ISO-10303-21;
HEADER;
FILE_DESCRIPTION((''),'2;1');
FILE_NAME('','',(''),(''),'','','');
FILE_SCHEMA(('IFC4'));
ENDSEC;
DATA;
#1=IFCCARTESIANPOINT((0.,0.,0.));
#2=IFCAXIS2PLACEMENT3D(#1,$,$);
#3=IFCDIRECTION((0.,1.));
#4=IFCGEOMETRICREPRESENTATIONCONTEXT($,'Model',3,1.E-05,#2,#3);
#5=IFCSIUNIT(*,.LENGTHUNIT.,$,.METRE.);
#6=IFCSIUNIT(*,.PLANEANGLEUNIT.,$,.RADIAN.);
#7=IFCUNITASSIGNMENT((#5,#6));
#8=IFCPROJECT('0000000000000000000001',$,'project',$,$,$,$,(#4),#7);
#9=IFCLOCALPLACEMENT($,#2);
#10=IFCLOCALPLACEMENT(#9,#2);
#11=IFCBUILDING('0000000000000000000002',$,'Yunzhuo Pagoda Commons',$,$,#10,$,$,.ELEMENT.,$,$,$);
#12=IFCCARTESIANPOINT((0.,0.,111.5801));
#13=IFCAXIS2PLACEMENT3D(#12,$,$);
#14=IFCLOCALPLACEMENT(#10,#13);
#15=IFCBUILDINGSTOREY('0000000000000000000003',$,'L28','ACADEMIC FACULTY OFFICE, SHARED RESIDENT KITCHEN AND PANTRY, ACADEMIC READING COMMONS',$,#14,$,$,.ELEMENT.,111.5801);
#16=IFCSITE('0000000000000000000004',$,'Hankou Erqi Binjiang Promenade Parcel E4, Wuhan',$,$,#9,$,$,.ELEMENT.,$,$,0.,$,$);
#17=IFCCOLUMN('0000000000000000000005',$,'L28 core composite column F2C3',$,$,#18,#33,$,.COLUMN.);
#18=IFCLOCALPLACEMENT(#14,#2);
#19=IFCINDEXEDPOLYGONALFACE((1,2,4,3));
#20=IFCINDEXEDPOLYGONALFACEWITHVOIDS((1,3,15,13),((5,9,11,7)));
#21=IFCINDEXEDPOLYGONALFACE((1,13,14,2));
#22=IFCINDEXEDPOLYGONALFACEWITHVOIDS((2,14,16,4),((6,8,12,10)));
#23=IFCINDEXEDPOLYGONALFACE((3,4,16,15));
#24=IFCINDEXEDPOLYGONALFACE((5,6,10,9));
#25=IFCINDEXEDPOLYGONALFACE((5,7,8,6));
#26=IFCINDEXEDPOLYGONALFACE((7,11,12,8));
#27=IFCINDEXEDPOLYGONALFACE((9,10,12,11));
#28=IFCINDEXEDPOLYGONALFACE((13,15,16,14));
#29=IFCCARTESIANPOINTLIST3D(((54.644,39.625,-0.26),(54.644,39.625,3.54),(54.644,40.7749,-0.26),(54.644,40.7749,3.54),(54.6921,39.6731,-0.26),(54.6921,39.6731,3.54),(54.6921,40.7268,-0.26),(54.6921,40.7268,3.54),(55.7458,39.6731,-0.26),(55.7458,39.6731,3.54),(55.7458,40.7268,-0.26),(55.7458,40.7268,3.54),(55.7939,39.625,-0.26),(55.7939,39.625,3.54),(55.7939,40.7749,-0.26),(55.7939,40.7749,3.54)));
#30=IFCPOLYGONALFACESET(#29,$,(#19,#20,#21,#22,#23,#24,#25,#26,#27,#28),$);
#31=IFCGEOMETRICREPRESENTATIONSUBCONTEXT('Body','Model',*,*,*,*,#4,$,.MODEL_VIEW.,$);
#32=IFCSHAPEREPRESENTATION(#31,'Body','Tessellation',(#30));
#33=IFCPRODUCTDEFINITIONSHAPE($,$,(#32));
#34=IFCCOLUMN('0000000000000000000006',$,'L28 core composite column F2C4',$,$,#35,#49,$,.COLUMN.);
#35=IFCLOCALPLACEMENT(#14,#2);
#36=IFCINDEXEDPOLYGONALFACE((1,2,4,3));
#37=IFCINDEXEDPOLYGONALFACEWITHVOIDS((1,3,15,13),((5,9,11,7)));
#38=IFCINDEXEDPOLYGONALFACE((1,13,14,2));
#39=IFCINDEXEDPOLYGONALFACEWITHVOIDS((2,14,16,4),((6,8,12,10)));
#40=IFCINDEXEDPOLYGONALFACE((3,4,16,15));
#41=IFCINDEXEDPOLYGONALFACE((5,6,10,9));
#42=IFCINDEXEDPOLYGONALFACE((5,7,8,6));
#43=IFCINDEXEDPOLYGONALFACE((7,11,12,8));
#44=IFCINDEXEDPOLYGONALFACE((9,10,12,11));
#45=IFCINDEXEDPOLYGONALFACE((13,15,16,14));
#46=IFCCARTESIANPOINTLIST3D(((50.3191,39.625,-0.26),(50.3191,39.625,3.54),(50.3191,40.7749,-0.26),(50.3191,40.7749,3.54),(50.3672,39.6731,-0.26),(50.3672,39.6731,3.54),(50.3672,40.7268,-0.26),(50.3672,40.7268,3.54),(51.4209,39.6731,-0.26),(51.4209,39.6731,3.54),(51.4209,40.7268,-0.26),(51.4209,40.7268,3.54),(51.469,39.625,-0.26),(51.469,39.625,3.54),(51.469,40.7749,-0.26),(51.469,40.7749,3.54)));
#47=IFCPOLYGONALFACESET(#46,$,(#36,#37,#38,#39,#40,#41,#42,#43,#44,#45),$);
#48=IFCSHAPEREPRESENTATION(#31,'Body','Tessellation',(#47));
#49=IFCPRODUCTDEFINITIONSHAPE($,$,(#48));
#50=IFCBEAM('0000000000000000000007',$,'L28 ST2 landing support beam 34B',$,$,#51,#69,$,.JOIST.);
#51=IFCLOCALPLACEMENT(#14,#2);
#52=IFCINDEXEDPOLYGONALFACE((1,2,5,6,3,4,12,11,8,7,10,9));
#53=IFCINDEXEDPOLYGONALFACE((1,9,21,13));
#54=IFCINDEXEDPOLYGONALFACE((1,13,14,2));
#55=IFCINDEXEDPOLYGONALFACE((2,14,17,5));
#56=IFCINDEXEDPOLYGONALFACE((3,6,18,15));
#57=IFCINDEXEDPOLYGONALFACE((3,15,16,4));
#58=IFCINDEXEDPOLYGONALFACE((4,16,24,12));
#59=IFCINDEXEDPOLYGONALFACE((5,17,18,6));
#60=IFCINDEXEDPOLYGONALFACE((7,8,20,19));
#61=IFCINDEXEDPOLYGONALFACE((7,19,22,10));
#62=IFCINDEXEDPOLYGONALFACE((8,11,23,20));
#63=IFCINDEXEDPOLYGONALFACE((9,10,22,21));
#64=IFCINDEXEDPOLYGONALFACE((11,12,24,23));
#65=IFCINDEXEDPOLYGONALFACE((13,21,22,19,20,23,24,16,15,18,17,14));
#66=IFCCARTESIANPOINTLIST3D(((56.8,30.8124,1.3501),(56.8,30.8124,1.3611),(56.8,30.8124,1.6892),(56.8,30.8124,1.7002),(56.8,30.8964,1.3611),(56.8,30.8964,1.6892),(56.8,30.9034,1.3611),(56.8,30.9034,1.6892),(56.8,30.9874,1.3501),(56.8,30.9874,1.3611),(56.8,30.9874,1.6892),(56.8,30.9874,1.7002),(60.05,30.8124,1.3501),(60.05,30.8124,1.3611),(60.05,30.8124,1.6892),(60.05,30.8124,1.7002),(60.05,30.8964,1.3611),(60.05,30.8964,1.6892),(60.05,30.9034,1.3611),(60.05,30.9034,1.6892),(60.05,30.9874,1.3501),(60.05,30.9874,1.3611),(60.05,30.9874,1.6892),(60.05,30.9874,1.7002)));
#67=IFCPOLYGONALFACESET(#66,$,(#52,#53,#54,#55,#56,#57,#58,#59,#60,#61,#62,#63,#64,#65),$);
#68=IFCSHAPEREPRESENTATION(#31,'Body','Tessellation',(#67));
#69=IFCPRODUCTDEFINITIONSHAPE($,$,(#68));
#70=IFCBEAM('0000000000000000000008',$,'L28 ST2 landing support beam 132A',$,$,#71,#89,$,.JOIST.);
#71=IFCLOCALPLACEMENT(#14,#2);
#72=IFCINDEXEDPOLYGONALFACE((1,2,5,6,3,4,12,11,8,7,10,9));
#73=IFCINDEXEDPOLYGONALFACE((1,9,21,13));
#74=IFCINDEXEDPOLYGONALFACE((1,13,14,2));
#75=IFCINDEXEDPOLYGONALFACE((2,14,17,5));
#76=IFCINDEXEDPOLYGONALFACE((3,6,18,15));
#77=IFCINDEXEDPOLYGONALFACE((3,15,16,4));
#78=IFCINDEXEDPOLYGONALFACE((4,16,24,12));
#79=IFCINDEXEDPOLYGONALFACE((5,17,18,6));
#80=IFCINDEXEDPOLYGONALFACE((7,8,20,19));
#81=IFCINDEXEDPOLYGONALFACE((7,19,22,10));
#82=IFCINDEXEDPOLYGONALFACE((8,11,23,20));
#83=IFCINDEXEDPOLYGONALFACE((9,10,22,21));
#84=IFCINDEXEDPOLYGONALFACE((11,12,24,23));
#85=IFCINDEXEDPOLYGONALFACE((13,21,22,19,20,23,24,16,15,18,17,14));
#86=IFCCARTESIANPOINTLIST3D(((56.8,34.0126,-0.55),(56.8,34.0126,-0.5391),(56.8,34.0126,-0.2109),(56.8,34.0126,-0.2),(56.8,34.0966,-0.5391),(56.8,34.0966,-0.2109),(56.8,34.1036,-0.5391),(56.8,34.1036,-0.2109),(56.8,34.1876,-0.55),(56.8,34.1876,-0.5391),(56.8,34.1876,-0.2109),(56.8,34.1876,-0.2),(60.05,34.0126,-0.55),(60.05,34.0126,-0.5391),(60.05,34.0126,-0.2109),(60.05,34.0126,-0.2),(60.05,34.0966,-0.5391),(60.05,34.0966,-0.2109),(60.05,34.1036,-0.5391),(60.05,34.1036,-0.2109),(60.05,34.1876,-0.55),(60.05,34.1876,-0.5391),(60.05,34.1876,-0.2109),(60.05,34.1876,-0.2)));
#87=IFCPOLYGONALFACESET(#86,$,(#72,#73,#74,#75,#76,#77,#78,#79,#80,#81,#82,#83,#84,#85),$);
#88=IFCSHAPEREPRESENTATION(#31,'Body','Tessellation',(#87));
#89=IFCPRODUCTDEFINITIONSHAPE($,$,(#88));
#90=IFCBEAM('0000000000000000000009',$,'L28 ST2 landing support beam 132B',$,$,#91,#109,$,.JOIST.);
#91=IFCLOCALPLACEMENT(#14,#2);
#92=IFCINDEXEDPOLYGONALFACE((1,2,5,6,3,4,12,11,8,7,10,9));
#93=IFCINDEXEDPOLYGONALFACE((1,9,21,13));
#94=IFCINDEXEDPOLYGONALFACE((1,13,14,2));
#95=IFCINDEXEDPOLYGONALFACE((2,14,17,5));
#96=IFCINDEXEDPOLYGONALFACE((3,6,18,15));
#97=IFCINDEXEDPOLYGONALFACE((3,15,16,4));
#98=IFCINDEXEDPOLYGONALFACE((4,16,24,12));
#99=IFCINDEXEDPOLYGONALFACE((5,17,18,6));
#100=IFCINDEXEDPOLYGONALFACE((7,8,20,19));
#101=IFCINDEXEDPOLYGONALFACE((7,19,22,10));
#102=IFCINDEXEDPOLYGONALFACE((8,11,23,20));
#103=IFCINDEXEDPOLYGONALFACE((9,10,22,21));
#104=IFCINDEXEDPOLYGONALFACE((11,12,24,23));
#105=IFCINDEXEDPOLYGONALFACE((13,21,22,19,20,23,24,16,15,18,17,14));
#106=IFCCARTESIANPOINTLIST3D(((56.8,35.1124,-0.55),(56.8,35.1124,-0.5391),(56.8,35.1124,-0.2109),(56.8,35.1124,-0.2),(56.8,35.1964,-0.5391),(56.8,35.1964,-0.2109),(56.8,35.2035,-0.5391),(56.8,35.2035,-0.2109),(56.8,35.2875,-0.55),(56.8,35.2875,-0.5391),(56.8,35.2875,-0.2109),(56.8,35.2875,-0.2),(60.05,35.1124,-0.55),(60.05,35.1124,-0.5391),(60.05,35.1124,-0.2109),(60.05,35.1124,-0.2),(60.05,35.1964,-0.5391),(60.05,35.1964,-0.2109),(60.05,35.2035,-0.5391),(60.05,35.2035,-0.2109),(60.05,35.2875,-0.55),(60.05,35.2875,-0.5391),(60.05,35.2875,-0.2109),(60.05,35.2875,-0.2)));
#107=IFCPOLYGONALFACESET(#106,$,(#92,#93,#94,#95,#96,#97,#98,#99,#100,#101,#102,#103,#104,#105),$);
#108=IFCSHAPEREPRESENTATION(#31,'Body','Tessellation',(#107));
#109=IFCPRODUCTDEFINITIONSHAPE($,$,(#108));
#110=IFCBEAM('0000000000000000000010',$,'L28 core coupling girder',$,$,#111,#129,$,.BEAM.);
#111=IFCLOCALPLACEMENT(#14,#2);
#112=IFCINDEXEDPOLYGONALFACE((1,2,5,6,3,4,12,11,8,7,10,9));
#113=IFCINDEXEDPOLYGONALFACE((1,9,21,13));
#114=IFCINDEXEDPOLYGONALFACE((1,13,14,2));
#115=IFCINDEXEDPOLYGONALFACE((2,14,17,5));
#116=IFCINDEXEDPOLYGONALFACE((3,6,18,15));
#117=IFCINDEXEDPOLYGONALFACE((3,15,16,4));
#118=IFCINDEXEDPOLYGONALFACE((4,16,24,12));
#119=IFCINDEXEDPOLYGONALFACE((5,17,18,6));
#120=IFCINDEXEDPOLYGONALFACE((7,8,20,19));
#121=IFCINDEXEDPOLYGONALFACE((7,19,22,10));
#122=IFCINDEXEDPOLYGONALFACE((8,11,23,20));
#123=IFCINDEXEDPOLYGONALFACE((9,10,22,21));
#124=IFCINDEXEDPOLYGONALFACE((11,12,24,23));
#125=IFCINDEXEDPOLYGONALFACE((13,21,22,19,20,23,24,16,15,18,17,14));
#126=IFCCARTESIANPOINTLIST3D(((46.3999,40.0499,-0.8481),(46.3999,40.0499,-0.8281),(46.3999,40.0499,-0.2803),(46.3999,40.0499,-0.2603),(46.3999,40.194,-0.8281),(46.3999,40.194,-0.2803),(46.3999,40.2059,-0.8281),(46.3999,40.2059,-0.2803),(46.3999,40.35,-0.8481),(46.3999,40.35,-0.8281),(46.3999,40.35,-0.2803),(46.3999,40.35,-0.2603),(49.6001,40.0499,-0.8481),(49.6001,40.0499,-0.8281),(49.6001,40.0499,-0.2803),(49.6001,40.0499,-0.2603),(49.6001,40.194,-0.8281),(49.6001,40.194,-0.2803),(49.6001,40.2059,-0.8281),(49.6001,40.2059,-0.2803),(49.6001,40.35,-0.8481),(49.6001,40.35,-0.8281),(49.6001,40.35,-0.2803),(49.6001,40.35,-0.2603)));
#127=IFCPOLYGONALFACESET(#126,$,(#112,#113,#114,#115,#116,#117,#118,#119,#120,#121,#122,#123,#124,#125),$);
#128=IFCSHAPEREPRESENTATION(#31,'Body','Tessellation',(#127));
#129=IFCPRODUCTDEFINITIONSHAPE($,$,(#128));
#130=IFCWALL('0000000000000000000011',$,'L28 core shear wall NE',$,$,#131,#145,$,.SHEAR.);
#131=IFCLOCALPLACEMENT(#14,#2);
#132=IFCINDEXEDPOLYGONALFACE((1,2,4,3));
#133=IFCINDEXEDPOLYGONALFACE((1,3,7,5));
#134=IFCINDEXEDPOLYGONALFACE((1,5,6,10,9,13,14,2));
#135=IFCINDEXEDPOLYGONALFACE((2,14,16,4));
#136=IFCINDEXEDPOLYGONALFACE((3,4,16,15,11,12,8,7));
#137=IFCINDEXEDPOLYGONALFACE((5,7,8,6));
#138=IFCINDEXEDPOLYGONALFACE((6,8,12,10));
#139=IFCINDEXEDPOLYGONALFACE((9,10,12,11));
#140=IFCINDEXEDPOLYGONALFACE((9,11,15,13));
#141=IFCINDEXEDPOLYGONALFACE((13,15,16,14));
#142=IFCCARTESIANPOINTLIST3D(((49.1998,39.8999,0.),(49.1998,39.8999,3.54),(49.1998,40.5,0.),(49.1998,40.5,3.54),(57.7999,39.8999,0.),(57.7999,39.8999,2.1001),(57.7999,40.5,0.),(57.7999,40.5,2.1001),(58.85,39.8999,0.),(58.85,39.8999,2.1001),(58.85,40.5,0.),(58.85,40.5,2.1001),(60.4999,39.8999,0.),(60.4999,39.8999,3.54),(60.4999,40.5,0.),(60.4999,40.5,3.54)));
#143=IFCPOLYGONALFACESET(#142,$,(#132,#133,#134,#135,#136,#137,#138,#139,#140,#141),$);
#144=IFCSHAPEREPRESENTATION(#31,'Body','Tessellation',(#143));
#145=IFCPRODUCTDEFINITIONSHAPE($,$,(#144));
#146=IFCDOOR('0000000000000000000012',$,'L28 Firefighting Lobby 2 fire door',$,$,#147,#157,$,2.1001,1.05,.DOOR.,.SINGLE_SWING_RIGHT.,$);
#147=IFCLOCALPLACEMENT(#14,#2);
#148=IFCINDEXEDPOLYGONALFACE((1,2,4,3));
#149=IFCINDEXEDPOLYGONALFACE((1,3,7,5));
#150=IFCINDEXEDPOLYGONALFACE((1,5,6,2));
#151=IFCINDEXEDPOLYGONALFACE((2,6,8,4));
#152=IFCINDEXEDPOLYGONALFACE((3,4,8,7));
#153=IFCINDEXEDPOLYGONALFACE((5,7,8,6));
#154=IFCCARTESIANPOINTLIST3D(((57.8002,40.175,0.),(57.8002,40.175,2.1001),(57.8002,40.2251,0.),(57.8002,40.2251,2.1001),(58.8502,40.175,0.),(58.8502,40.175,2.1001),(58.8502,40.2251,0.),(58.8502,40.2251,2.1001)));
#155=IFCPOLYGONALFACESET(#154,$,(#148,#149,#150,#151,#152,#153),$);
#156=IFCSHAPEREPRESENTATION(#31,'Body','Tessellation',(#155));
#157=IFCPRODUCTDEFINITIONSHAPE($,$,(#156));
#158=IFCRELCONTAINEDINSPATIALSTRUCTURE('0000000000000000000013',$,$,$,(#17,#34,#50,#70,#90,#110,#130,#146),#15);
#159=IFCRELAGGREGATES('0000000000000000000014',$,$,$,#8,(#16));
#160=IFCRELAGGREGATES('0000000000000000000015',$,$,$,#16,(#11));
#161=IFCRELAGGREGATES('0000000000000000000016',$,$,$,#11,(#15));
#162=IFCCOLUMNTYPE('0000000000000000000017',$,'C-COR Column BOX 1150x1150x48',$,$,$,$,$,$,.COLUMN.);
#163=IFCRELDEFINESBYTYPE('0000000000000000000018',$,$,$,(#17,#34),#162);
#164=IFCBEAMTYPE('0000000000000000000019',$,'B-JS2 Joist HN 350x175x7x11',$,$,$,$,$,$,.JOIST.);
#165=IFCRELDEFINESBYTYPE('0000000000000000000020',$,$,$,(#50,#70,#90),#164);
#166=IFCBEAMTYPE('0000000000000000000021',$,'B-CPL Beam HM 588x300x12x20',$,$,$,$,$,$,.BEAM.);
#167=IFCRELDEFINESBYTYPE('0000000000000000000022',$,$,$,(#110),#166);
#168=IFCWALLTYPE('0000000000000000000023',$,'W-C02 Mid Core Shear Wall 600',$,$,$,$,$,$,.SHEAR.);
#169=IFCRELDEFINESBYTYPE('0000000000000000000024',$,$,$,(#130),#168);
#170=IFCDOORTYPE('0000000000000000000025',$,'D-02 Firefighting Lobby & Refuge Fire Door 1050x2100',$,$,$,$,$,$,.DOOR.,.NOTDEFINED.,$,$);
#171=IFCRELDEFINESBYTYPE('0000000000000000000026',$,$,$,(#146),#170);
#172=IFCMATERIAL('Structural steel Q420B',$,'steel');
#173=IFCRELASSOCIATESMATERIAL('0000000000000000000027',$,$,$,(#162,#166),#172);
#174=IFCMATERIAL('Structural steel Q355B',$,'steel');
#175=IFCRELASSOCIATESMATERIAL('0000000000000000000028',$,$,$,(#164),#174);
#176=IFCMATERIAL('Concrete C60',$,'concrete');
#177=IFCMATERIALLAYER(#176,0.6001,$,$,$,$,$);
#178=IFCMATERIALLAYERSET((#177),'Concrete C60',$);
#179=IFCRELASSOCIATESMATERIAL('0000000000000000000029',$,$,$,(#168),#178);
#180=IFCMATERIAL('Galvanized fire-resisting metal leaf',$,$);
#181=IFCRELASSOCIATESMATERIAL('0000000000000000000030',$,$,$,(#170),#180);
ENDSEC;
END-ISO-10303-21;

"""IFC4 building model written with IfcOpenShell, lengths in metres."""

from ifc_helpers import new_model, si_unit, direction, frame, frame_2d, origin, origin_2d, place, context, subcontext, project, spatial, rectangle, hollow_rectangle, i_section, extrude, source, transform, mapped, material, layer, layer_set, material_profile, profile_set, type_object, element, fill, save


model = new_model("IFC4")

# Units and contexts
model_context = context("Model", 3, precision=1e-05, world=origin(), true_north=direction((0.0, 1.0)))
body_context = subcontext(model_context, "Body", "Model", "MODEL_VIEW")
ifc_project = project(units=[si_unit("LENGTHUNIT", "METRE"), si_unit("PLANEANGLEUNIT", "RADIAN")], contexts=[model_context])

# Site, building, storey
site_placement = place(None, origin())
site = spatial("IfcSite", under=ifc_project, at=site_placement, Name="Hankou Erqi Binjiang Promenade Parcel E4, Wuhan", CompositionType="ELEMENT", RefElevation=0.0)
building_placement = place(site_placement, origin())
building = spatial("IfcBuilding", under=site, at=building_placement, Name="Yunzhuo Pagoda Commons", CompositionType="ELEMENT")
storey_placement = place(building_placement, frame((0.0, 0.0, 111.5801)))
storey = spatial("IfcBuildingStorey", under=building, at=storey_placement, Name="L28", Description="ACADEMIC FACULTY OFFICE, SHARED RESIDENT KITCHEN AND PANTRY, ACADEMIC READING COMMONS", CompositionType="ELEMENT", Elevation=111.5801)

# Columns
ifc_material_1 = material(Name="Structural steel Q420B", Category="steel")
ifc_material_profile_1 = material_profile(ifc_material_1, hollow_rectangle(XDim=1.1499, YDim=1.1499, WallThickness=0.0481, at=origin_2d()), Name="Structural steel Q420B")
ifc_profile_set_1 = profile_set([ifc_material_profile_1], Name="Structural steel Q420B")
column_type = type_object("IfcColumnType", Name="C-COR Column BOX 1150x1150x48", PredefinedType="COLUMN", material=ifc_profile_set_1)
shared_shape_1 = source(origin(), body_context, "Body", "SweptSolid", [
    extrude(hollow_rectangle(XDim=1.1499, YDim=1.1499, WallThickness=0.0481, at=origin_2d()), origin(), (0.0, 0.0, 1.0), 3.8),
])
for number, where, z_axis, x_axis, name in (
    (1, (55.219, 40.2, -0.26), (0.0, 0.0, 1.0), (1.0, 0.0, 0.0), "L28 core composite column F2C3"),
    (2, (50.894, 40.2, -0.26), (0.0, 0.0, 1.0), (1.0, 0.0, 0.0), "L28 core composite column F2C4"),
):
    element("IfcColumn", number, at=place(storey_placement, frame(where, z_axis=z_axis, x_axis=x_axis)), inside=storey, type_object=column_type, Name=name, PredefinedType="COLUMN", context=body_context, shape_type="MappedRepresentation", body=[
        mapped(shared_shape_1, transform((0.0, 0.0, 0.0), scale=1.0)),
    ])

# Beams
ifc_material_2 = material(Name="Structural steel Q355B", Category="steel")
ifc_material_profile_2 = material_profile(ifc_material_2, i_section(OverallWidth=0.175, OverallDepth=0.3501, WebThickness=0.0071, FlangeThickness=0.011, at=origin_2d()), Name="Structural steel Q355B")
ifc_profile_set_2 = profile_set([ifc_material_profile_2], Name="Structural steel Q355B")
beam_type_1 = type_object("IfcBeamType", Name="B-JS2 Joist HN 350x175x7x11", PredefinedType="JOIST", material=ifc_profile_set_2)
shared_shape_2 = source(origin(), body_context, "Body", "SweptSolid", [
    extrude(i_section(OverallWidth=0.175, OverallDepth=0.3501, WebThickness=0.0071, FlangeThickness=0.011, at=origin_2d()), origin(), (0.0, 0.0, 1.0), 3.25),
])
for number, where, z_axis, x_axis, name in (
    (3, (56.8, 30.8999, 1.5251), (1.0, 0.0, 0.0), (0.0, 1.0, 0.0), "L28 ST2 landing support beam 34B"),
    (4, (56.8, 34.1001, -0.375), (1.0, 0.0, 0.0), (0.0, 1.0, 0.0), "L28 ST2 landing support beam 132A"),
    (5, (56.8, 35.2, -0.375), (1.0, 0.0, 0.0), (0.0, 1.0, 0.0), "L28 ST2 landing support beam 132B"),
):
    element("IfcBeam", number, at=place(storey_placement, frame(where, z_axis=z_axis, x_axis=x_axis)), inside=storey, type_object=beam_type_1, Name=name, PredefinedType="JOIST", context=body_context, shape_type="MappedRepresentation", body=[
        mapped(shared_shape_2, transform((0.0, 0.0, 0.0), scale=1.0)),
    ])
ifc_material_profile_3 = material_profile(ifc_material_1, i_section(OverallWidth=0.3, OverallDepth=0.5879, WebThickness=0.012, FlangeThickness=0.02, at=origin_2d()), Name="Structural steel Q420B")
ifc_profile_set_3 = profile_set([ifc_material_profile_3], Name="Structural steel Q420B")
beam_type_2 = type_object("IfcBeamType", Name="B-CPL Beam HM 588x300x12x20", PredefinedType="BEAM", material=ifc_profile_set_3)
shared_shape_3 = source(origin(), body_context, "Body", "SweptSolid", [
    extrude(i_section(OverallWidth=0.3, OverallDepth=0.5879, WebThickness=0.012, FlangeThickness=0.02, at=origin_2d()), origin(), (0.0, 0.0, 1.0), 3.2002),
])
beam_placement = place(storey_placement, frame((46.3999, 40.2, -0.5542), z_axis=(1.0, 0.0, 0.0), x_axis=(0.0, 1.0, 0.0)))
element("IfcBeam", 6, at=beam_placement, inside=storey, type_object=beam_type_2, Name="L28 core coupling girder", PredefinedType="BEAM", context=body_context, shape_type="MappedRepresentation", body=[
    mapped(shared_shape_3, transform((0.0, 0.0, 0.0), scale=1.0)),
])

# Wall, opening, door
ifc_material_3 = material(Name="Concrete C60", Category="concrete")
ifc_layer_1 = layer(ifc_material_3, 0.6001)
ifc_layer_set_1 = layer_set([ifc_layer_1], Name="Concrete C60")
wall_type_1 = type_object("IfcWallType", Name="W-C02 Mid Core Shear Wall 600", PredefinedType="SHEAR", material=ifc_layer_set_1)
wall_1_placement = place(storey_placement, frame((49.2, 40.2, 0.0), z_axis=(0.0, 0.0, 1.0), x_axis=(1.0, 0.0, 0.0)))
wall_1 = element("IfcWall", 7, at=wall_1_placement, inside=storey, type_object=wall_type_1, Name="L28 core shear wall NE", PredefinedType="SHEAR", context=body_context, shape_type="SweptSolid", body=[
    extrude(rectangle(XDim=11.3, YDim=0.6001, at=frame_2d((5.6499, 0.0))), origin(), (0.0, 0.0, 1.0), 3.54),
])
opening_1_placement = place(wall_1_placement, frame((8.6001, 0.0, 0.0)))
opening_1 = element("IfcOpeningElement", 8, at=opening_1_placement, cuts=wall_1, PredefinedType="OPENING", context=body_context, shape_type="SweptSolid", body=[
    extrude(rectangle(XDim=1.05, YDim=2.1001, at=frame_2d((0.5249, 1.05))), frame((0.0, 0.3101, 0.0), z_axis=(0.0, -1.0, 0.0), x_axis=(1.0, 0.0, 0.0)), (0.0, 0.0, 1.0), 0.6201),
])
ifc_material_4 = material(Name="Galvanized fire-resisting metal leaf")
door_type_1 = type_object("IfcDoorType", Name="D-02 Firefighting Lobby & Refuge Fire Door 1050x2100", OperationType="NOTDEFINED", PredefinedType="DOOR", material=ifc_material_4)
shared_shape_4 = source(origin(), body_context, "Body", "SweptSolid", [
    extrude(rectangle(XDim=1.05, YDim=2.1001, at=frame_2d((0.5249, 1.05))), frame((0.0, 0.0249, 0.0), z_axis=(0.0, -1.0, 0.0), x_axis=(1.0, 0.0, 0.0)), (0.0, 0.0, 1.0), 0.05),
])
door_1_placement = place(opening_1_placement, frame((1.05, 0.0, 0.0), z_axis=(0.0, 0.0, 1.0), x_axis=(-1.0, 0.0, 0.0)))
door_1 = element("IfcDoor", 9, at=door_1_placement, inside=storey, type_object=door_type_1, Name="L28 Firefighting Lobby 2 fire door", OperationType="SINGLE_SWING_RIGHT", OverallHeight=2.1001, OverallWidth=1.05, PredefinedType="DOOR", context=body_context, shape_type="MappedRepresentation", body=[
    mapped(shared_shape_4, transform((0.0, 0.0, 0.0), scale=1.0)),
])
fill(opening_1, door_1)

save(model, "model.ifc")
